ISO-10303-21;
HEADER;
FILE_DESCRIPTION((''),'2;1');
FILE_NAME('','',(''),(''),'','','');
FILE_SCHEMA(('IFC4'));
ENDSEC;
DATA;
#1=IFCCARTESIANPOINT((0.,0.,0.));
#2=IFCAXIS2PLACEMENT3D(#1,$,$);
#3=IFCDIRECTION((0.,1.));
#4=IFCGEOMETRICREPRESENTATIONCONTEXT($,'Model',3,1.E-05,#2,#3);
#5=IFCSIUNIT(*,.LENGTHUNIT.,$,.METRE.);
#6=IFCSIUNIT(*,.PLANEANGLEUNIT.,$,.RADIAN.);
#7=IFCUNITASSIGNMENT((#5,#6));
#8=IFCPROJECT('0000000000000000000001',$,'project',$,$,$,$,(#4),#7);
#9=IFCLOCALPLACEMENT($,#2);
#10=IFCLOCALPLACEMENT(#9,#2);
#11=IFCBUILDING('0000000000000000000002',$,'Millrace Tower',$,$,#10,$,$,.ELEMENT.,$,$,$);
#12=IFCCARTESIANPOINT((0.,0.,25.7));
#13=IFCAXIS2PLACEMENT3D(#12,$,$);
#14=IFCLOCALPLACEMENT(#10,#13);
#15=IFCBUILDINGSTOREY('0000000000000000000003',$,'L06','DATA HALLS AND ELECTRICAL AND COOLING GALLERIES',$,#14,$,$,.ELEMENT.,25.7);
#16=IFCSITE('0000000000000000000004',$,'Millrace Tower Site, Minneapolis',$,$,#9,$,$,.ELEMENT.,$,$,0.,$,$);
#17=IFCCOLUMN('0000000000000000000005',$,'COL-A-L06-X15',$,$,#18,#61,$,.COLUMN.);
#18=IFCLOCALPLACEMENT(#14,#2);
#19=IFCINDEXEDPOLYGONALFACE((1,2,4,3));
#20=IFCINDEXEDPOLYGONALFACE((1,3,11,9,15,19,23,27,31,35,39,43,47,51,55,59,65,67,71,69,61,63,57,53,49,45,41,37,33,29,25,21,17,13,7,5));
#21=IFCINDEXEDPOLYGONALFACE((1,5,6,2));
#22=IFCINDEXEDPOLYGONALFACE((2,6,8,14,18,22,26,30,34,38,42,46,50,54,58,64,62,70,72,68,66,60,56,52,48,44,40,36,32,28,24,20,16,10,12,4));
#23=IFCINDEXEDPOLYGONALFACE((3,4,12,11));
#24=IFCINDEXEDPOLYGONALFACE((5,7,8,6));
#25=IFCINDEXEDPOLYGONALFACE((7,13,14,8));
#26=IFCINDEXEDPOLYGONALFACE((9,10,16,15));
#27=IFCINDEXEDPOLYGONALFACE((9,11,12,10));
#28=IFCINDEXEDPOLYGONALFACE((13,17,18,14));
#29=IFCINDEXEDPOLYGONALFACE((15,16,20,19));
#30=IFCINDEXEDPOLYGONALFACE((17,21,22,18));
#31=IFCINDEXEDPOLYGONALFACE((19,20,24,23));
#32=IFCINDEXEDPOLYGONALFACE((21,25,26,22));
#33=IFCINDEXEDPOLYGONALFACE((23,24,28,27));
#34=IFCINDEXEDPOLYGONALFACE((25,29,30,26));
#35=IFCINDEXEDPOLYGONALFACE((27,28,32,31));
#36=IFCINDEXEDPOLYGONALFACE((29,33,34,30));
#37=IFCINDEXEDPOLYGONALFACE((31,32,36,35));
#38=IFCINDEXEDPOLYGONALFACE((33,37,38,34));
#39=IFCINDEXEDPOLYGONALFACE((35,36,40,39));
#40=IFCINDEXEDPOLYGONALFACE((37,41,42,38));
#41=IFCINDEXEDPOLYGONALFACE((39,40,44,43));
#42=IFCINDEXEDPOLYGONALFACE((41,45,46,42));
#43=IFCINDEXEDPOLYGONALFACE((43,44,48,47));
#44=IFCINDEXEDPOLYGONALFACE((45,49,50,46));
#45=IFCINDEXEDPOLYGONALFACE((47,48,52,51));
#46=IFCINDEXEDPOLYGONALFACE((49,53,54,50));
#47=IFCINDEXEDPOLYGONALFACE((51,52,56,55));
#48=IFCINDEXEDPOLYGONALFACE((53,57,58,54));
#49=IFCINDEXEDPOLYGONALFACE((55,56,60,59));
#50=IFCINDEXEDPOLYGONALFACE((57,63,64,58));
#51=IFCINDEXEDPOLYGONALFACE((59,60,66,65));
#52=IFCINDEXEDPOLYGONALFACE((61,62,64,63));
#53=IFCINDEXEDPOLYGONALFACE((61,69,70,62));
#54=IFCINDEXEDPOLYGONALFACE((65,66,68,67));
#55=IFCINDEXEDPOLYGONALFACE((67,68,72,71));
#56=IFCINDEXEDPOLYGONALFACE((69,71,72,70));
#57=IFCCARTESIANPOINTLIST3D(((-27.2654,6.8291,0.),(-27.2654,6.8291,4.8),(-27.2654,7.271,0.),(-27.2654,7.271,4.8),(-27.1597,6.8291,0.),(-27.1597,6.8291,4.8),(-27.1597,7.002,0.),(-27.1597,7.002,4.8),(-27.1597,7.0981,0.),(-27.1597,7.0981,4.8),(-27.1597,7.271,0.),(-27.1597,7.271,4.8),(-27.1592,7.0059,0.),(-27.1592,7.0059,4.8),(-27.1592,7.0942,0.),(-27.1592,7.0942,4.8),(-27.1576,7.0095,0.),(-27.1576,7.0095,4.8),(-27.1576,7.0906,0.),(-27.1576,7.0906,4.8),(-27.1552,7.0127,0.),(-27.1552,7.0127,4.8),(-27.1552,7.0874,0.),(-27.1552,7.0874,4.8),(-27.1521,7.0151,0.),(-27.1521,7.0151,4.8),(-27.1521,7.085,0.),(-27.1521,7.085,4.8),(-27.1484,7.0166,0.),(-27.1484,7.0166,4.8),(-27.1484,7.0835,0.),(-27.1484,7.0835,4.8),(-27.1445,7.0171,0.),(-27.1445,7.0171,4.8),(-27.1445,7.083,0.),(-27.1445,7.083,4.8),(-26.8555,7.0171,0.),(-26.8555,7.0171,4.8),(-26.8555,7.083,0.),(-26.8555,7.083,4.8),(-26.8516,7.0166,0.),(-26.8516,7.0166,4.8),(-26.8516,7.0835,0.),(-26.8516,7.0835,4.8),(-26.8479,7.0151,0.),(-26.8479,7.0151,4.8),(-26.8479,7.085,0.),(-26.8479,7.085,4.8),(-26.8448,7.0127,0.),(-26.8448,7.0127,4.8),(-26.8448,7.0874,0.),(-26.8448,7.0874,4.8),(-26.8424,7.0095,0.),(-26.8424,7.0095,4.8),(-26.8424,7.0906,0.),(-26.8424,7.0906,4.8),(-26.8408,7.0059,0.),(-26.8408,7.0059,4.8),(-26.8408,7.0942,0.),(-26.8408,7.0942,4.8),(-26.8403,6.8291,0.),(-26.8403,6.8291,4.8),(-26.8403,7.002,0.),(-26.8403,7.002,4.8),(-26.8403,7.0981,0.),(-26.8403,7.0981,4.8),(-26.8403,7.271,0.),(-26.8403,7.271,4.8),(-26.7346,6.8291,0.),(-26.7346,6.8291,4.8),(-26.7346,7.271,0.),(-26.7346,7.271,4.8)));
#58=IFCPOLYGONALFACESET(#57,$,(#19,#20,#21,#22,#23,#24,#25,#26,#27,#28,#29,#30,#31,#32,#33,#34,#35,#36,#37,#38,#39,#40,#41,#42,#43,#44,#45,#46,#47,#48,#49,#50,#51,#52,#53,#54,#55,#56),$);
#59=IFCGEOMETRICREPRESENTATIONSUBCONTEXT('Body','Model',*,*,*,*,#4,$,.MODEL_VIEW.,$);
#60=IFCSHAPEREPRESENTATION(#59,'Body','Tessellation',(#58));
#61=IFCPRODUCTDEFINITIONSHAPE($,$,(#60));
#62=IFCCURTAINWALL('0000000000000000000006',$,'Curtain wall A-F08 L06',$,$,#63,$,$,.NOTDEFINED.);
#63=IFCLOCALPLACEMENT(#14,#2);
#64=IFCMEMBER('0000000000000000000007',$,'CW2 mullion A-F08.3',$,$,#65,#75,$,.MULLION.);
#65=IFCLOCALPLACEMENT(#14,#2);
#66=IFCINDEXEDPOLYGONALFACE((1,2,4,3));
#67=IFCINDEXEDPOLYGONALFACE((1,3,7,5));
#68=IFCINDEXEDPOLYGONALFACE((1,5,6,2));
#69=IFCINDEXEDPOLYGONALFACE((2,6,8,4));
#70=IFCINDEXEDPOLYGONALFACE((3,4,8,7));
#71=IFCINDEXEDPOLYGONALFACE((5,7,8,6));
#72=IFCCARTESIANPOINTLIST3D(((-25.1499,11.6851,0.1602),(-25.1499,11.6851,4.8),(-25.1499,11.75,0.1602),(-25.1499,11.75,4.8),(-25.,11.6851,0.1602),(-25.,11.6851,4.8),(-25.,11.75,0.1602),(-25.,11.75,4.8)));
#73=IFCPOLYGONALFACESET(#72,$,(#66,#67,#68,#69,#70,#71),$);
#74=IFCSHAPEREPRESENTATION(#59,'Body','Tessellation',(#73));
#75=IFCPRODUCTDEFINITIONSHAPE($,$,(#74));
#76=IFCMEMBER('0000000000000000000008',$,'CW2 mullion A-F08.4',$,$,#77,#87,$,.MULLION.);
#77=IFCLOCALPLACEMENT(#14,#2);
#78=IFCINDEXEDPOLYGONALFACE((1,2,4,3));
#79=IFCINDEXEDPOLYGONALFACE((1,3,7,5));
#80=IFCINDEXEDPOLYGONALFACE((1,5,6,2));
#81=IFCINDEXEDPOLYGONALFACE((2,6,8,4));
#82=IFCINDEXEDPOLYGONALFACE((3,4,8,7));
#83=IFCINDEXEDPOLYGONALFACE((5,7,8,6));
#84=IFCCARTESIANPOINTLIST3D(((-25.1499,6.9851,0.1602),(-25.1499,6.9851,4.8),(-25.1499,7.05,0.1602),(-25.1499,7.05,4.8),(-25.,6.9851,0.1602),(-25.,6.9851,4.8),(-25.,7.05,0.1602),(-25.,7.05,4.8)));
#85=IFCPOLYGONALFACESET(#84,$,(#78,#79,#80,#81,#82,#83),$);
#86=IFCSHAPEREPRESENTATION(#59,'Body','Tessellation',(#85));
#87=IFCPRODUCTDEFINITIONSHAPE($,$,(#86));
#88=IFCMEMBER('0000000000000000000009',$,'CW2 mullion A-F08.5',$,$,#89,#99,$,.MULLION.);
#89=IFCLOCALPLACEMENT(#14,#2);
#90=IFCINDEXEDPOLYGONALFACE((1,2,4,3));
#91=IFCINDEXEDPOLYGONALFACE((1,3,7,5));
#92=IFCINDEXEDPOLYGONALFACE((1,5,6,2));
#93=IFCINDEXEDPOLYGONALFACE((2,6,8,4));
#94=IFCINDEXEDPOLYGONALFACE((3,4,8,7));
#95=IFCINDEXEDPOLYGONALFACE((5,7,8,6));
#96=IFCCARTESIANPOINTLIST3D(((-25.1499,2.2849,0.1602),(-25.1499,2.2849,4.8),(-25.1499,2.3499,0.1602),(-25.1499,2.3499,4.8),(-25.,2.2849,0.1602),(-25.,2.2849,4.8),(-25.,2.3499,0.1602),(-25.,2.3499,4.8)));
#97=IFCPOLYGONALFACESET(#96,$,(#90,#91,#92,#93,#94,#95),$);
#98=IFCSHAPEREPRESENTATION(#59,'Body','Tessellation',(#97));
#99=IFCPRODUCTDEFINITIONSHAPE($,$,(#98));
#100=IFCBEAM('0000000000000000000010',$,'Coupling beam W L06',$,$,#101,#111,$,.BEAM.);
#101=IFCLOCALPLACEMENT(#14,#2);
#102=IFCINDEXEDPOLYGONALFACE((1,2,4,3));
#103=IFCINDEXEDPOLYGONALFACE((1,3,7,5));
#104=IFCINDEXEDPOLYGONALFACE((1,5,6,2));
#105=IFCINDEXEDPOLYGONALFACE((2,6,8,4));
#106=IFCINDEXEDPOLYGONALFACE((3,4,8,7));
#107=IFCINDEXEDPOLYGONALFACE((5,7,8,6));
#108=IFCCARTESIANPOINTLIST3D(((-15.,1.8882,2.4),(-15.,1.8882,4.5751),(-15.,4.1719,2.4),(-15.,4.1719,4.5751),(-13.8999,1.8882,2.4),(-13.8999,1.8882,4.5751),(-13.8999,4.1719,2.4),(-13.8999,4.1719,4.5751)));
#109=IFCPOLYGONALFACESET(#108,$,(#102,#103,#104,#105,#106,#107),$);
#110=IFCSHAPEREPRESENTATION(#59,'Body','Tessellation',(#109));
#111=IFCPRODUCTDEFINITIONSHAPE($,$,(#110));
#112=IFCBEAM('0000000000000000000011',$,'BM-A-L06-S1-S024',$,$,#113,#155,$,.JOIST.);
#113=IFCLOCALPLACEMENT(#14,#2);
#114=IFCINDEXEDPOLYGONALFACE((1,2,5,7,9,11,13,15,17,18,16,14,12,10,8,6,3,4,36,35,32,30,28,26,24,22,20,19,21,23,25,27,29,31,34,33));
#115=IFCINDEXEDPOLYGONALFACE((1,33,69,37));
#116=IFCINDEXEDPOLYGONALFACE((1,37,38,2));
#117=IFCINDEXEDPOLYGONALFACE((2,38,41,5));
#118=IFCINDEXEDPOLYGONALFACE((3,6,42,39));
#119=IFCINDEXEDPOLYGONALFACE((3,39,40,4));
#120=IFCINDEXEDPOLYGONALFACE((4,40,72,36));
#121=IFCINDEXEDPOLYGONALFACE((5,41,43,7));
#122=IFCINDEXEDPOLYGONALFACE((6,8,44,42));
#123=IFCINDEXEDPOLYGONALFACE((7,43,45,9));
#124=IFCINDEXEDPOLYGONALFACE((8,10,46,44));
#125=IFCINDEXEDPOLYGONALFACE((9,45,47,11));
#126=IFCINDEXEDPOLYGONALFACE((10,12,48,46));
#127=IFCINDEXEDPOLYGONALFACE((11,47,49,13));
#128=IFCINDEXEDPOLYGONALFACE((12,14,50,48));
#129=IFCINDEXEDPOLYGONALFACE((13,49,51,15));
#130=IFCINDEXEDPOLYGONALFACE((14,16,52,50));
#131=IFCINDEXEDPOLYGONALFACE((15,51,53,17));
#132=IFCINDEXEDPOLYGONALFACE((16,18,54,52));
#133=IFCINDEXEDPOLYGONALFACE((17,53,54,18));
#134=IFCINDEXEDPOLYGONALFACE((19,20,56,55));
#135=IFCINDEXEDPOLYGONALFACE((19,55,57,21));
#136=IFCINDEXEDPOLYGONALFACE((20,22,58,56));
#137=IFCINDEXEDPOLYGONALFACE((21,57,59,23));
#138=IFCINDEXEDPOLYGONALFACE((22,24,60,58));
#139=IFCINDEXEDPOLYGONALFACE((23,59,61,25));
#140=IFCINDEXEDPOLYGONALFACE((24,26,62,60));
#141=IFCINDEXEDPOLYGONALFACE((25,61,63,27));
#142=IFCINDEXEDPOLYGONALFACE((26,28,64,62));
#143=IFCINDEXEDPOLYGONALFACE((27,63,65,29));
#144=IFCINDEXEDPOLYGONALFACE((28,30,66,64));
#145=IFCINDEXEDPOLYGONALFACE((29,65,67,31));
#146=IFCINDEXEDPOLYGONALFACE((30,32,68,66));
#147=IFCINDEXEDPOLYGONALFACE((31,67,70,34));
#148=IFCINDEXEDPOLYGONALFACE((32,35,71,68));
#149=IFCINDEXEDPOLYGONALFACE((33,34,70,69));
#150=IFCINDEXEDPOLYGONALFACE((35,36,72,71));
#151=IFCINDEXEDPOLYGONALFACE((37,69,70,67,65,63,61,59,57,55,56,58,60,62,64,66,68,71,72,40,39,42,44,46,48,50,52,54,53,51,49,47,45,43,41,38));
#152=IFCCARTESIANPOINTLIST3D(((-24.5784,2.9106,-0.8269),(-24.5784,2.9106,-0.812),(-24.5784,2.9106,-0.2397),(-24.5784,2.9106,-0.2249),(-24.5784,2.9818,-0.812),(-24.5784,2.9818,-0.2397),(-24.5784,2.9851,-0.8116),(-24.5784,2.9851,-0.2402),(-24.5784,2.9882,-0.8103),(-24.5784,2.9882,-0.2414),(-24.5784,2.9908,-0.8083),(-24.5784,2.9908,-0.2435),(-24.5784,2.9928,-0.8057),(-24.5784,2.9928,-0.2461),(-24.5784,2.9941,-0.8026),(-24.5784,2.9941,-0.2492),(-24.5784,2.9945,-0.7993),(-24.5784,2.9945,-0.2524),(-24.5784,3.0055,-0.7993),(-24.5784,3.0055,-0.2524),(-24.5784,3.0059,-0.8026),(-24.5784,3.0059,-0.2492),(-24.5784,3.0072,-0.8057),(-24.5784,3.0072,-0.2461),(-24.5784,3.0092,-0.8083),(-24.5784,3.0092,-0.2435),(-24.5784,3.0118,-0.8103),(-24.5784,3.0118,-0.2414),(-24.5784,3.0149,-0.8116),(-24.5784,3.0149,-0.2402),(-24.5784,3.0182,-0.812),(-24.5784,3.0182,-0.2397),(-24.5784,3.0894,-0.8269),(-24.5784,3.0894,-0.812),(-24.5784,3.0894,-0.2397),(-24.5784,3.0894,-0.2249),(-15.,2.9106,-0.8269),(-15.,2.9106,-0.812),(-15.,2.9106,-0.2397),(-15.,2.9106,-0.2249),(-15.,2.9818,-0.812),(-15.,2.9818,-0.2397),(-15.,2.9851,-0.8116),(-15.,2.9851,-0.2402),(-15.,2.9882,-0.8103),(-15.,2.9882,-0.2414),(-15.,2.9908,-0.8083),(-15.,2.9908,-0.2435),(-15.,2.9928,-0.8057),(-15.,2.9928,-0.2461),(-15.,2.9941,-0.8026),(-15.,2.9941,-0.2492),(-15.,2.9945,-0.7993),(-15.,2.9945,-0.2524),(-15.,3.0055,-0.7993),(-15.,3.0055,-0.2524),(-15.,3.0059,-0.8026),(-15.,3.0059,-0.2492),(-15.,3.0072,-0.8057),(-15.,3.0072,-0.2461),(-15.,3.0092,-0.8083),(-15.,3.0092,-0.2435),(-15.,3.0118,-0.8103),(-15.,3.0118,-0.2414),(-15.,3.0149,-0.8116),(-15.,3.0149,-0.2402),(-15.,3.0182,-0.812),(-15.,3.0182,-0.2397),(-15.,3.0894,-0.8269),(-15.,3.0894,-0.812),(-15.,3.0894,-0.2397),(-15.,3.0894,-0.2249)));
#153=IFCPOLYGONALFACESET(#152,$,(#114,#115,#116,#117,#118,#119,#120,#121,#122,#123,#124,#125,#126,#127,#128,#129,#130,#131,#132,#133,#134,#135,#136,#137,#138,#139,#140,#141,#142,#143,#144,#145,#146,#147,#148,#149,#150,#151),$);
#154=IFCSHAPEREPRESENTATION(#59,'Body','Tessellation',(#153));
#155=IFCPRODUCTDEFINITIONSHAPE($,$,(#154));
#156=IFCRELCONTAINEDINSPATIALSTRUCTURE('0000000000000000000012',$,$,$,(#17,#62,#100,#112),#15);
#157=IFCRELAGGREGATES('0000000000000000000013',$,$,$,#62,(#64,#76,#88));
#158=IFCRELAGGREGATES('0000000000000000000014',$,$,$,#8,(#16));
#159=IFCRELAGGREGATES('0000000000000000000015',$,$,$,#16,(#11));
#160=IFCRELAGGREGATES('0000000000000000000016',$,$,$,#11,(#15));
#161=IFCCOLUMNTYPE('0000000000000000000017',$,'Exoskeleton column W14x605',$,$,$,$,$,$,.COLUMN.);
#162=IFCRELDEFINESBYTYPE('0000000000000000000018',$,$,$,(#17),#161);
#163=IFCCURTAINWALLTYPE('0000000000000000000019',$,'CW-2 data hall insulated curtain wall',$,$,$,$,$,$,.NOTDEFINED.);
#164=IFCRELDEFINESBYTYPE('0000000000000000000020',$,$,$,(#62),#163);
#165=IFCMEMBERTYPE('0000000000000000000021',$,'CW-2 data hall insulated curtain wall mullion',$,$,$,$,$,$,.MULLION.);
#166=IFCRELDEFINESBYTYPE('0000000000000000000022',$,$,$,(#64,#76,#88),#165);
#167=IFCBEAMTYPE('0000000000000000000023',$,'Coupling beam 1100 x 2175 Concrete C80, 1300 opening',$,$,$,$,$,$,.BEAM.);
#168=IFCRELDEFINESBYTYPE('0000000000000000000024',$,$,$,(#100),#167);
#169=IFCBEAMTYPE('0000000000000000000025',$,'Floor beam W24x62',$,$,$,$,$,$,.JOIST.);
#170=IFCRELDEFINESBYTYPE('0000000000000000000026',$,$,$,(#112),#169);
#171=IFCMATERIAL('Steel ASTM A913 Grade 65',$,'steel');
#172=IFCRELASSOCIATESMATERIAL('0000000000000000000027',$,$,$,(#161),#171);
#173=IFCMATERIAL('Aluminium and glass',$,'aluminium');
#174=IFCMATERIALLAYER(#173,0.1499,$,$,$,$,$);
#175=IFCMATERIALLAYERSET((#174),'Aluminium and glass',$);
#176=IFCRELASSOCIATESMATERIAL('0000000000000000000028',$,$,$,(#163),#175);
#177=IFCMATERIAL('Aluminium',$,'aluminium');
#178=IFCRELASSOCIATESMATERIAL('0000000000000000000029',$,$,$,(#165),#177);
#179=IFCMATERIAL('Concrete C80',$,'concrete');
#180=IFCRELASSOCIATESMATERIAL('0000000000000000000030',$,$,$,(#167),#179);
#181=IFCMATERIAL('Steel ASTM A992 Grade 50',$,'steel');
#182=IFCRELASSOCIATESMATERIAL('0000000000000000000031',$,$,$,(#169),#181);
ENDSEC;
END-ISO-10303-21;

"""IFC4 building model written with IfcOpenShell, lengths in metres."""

from ifc_helpers import new_model, si_unit, direction, frame, origin, origin_2d, place, context, subcontext, project, spatial, rectangle, i_section, extrude, material, layer, layer_set, material_profile, profile_set, type_object, element, aggregate, save


model = new_model("IFC4")

# Units and contexts
model_context = context("Model", 3, precision=1e-05, world=origin(), true_north=direction((0.0, 1.0)))
body_context = subcontext(model_context, "Body", "Model", "MODEL_VIEW")
ifc_project = project(units=[si_unit("LENGTHUNIT", "METRE"), si_unit("PLANEANGLEUNIT", "RADIAN")], contexts=[model_context])

# Site, building, storey
site_placement = place(None, origin())
site = spatial("IfcSite", under=ifc_project, at=site_placement, Name="Millrace Tower Site, Minneapolis", CompositionType="ELEMENT", RefElevation=0.0)
building_placement = place(site_placement, origin())
building = spatial("IfcBuilding", under=site, at=building_placement, Name="Millrace Tower", CompositionType="ELEMENT")
storey_placement = place(building_placement, frame((0.0, 0.0, 25.7)))
storey = spatial("IfcBuildingStorey", under=building, at=storey_placement, Name="L06", Description="DATA HALLS AND ELECTRICAL AND COOLING GALLERIES", CompositionType="ELEMENT", Elevation=25.7)

# Column
ifc_material_1 = material(Name="Steel ASTM A913 Grade 65", Category="steel")
ifc_material_profile_1 = material_profile(ifc_material_1, i_section(OverallWidth=0.4419, OverallDepth=0.5308, WebThickness=0.0659, FlangeThickness=0.1057, FilletRadius=0.0151, at=origin_2d()))
ifc_profile_set_1 = profile_set([ifc_material_profile_1], Name="Steel ASTM A913 Grade 65")
column_type = type_object("IfcColumnType", Name="Exoskeleton column W14x605", PredefinedType="COLUMN", material=ifc_profile_set_1)
column_placement = place(storey_placement, frame((-27.0, 7.05, 0.0), z_axis=(0.0, 0.0, 1.0), x_axis=(0.0, -1.0, 0.0)))
element("IfcColumn", 1, at=column_placement, inside=storey, type_object=column_type, Name="COL-A-L06-X15", PredefinedType="COLUMN", context=body_context, shape_type="SweptSolid", body=[
    extrude(i_section(OverallWidth=0.4419, OverallDepth=0.5308, WebThickness=0.0659, FlangeThickness=0.1057, FilletRadius=0.0151, at=origin_2d()), origin(), (0.0, 0.0, 1.0), 4.8),
])

# Curtain wall, members
ifc_material_2 = material(Name="Aluminium and glass", Category="aluminium")
ifc_layer_1 = layer(ifc_material_2, 0.1499)
ifc_layer_set_1 = layer_set([ifc_layer_1], Name="Aluminium and glass")
curtain_wall_type = type_object("IfcCurtainWallType", Name="CW-2 data hall insulated curtain wall", PredefinedType="NOTDEFINED", material=ifc_layer_set_1)
placement = place(storey_placement, origin())
curtain_wall = element("IfcCurtainWall", 2, at=placement, inside=storey, type_object=curtain_wall_type, Name="Curtain wall A-F08 L06", PredefinedType="NOTDEFINED")
ifc_material_3 = material(Name="Aluminium", Category="aluminium")
ifc_material_profile_2 = material_profile(ifc_material_3, rectangle(XDim=0.0649, YDim=0.1499, at=origin_2d()))
ifc_profile_set_2 = profile_set([ifc_material_profile_2], Name="Aluminium")
member_type = type_object("IfcMemberType", Name="CW-2 data hall insulated curtain wall mullion", PredefinedType="MULLION", material=ifc_profile_set_2)
member_1_placement = place(storey_placement, frame((-25.075, 11.7175, 0.1602), z_axis=(0.0, 0.0, 1.0), x_axis=(0.0, -1.0, 0.0)))
member_1 = element("IfcMember", 3, at=member_1_placement, type_object=member_type, Name="CW2 mullion A-F08.3", PredefinedType="MULLION", context=body_context, shape_type="SweptSolid", body=[
    extrude(rectangle(XDim=0.0649, YDim=0.1499, at=origin_2d()), origin(), (0.0, 0.0, 1.0), 4.6399),
])
member_2_placement = place(storey_placement, frame((-25.075, 7.0176, 0.1602), z_axis=(0.0, 0.0, 1.0), x_axis=(0.0, -1.0, 0.0)))
member_2 = element("IfcMember", 4, at=member_2_placement, type_object=member_type, Name="CW2 mullion A-F08.4", PredefinedType="MULLION", context=body_context, shape_type="SweptSolid", body=[
    extrude(rectangle(XDim=0.0649, YDim=0.1499, at=origin_2d()), origin(), (0.0, 0.0, 1.0), 4.6399),
])
member_3_placement = place(storey_placement, frame((-25.075, 2.3174, 0.1602), z_axis=(0.0, 0.0, 1.0), x_axis=(0.0, -1.0, 0.0)))
member_3 = element("IfcMember", 5, at=member_3_placement, type_object=member_type, Name="CW2 mullion A-F08.5", PredefinedType="MULLION", context=body_context, shape_type="SweptSolid", body=[
    extrude(rectangle(XDim=0.0649, YDim=0.1499, at=origin_2d()), origin(), (0.0, 0.0, 1.0), 4.6399),
])
aggregate(curtain_wall, [member_1, member_2, member_3])

# Beams
ifc_material_4 = material(Name="Concrete C80", Category="concrete")
ifc_material_profile_3 = material_profile(ifc_material_4, rectangle(XDim=1.1001, YDim=2.175, at=origin_2d()))
ifc_profile_set_3 = profile_set([ifc_material_profile_3], Name="Concrete C80")
beam_type_1 = type_object("IfcBeamType", Name="Coupling beam 1100 x 2175 Concrete C80, 1300 opening", PredefinedType="BEAM", material=ifc_profile_set_3)
beam_1_placement = place(storey_placement, frame((-14.45, 1.8882, 3.4875), z_axis=(0.0, 1.0, 0.0), x_axis=(-1.0, 0.0, 0.0)))
element("IfcBeam", 6, at=beam_1_placement, inside=storey, type_object=beam_type_1, Name="Coupling beam W L06", PredefinedType="BEAM", context=body_context, shape_type="SweptSolid", body=[
    extrude(rectangle(XDim=1.1001, YDim=2.175, at=origin_2d()), origin(), (0.0, 0.0, 1.0), 2.2837),
])
ifc_material_5 = material(Name="Steel ASTM A992 Grade 50", Category="steel")
ifc_material_profile_4 = material_profile(ifc_material_5, i_section(OverallWidth=0.1787, OverallDepth=0.6021, WebThickness=0.011, FlangeThickness=0.0149, FilletRadius=0.0127, at=origin_2d()))
ifc_profile_set_4 = profile_set([ifc_material_profile_4], Name="Steel ASTM A992 Grade 50")
beam_type_2 = type_object("IfcBeamType", Name="Floor beam W24x62", PredefinedType="JOIST", material=ifc_profile_set_4)
for number, where, z_axis, x_axis, name in (
    (7, (-24.5784, 3.0, -0.5259), (1.0, 0.0, 0.0), (0.0, 1.0, 0.0), "BM-A-L06-S1-S024"),
):
    element("IfcBeam", number, at=place(storey_placement, frame(where, z_axis=z_axis, x_axis=x_axis)), inside=storey, type_object=beam_type_2, Name=name, PredefinedType="JOIST", context=body_context, shape_type="SweptSolid", body=[
        extrude(i_section(OverallWidth=0.1787, OverallDepth=0.6021, WebThickness=0.011, FlangeThickness=0.0149, FilletRadius=0.0127, at=origin_2d()), origin(), (0.0, 0.0, 1.0), 9.5784),
    ])

save(model, "model.ifc")
